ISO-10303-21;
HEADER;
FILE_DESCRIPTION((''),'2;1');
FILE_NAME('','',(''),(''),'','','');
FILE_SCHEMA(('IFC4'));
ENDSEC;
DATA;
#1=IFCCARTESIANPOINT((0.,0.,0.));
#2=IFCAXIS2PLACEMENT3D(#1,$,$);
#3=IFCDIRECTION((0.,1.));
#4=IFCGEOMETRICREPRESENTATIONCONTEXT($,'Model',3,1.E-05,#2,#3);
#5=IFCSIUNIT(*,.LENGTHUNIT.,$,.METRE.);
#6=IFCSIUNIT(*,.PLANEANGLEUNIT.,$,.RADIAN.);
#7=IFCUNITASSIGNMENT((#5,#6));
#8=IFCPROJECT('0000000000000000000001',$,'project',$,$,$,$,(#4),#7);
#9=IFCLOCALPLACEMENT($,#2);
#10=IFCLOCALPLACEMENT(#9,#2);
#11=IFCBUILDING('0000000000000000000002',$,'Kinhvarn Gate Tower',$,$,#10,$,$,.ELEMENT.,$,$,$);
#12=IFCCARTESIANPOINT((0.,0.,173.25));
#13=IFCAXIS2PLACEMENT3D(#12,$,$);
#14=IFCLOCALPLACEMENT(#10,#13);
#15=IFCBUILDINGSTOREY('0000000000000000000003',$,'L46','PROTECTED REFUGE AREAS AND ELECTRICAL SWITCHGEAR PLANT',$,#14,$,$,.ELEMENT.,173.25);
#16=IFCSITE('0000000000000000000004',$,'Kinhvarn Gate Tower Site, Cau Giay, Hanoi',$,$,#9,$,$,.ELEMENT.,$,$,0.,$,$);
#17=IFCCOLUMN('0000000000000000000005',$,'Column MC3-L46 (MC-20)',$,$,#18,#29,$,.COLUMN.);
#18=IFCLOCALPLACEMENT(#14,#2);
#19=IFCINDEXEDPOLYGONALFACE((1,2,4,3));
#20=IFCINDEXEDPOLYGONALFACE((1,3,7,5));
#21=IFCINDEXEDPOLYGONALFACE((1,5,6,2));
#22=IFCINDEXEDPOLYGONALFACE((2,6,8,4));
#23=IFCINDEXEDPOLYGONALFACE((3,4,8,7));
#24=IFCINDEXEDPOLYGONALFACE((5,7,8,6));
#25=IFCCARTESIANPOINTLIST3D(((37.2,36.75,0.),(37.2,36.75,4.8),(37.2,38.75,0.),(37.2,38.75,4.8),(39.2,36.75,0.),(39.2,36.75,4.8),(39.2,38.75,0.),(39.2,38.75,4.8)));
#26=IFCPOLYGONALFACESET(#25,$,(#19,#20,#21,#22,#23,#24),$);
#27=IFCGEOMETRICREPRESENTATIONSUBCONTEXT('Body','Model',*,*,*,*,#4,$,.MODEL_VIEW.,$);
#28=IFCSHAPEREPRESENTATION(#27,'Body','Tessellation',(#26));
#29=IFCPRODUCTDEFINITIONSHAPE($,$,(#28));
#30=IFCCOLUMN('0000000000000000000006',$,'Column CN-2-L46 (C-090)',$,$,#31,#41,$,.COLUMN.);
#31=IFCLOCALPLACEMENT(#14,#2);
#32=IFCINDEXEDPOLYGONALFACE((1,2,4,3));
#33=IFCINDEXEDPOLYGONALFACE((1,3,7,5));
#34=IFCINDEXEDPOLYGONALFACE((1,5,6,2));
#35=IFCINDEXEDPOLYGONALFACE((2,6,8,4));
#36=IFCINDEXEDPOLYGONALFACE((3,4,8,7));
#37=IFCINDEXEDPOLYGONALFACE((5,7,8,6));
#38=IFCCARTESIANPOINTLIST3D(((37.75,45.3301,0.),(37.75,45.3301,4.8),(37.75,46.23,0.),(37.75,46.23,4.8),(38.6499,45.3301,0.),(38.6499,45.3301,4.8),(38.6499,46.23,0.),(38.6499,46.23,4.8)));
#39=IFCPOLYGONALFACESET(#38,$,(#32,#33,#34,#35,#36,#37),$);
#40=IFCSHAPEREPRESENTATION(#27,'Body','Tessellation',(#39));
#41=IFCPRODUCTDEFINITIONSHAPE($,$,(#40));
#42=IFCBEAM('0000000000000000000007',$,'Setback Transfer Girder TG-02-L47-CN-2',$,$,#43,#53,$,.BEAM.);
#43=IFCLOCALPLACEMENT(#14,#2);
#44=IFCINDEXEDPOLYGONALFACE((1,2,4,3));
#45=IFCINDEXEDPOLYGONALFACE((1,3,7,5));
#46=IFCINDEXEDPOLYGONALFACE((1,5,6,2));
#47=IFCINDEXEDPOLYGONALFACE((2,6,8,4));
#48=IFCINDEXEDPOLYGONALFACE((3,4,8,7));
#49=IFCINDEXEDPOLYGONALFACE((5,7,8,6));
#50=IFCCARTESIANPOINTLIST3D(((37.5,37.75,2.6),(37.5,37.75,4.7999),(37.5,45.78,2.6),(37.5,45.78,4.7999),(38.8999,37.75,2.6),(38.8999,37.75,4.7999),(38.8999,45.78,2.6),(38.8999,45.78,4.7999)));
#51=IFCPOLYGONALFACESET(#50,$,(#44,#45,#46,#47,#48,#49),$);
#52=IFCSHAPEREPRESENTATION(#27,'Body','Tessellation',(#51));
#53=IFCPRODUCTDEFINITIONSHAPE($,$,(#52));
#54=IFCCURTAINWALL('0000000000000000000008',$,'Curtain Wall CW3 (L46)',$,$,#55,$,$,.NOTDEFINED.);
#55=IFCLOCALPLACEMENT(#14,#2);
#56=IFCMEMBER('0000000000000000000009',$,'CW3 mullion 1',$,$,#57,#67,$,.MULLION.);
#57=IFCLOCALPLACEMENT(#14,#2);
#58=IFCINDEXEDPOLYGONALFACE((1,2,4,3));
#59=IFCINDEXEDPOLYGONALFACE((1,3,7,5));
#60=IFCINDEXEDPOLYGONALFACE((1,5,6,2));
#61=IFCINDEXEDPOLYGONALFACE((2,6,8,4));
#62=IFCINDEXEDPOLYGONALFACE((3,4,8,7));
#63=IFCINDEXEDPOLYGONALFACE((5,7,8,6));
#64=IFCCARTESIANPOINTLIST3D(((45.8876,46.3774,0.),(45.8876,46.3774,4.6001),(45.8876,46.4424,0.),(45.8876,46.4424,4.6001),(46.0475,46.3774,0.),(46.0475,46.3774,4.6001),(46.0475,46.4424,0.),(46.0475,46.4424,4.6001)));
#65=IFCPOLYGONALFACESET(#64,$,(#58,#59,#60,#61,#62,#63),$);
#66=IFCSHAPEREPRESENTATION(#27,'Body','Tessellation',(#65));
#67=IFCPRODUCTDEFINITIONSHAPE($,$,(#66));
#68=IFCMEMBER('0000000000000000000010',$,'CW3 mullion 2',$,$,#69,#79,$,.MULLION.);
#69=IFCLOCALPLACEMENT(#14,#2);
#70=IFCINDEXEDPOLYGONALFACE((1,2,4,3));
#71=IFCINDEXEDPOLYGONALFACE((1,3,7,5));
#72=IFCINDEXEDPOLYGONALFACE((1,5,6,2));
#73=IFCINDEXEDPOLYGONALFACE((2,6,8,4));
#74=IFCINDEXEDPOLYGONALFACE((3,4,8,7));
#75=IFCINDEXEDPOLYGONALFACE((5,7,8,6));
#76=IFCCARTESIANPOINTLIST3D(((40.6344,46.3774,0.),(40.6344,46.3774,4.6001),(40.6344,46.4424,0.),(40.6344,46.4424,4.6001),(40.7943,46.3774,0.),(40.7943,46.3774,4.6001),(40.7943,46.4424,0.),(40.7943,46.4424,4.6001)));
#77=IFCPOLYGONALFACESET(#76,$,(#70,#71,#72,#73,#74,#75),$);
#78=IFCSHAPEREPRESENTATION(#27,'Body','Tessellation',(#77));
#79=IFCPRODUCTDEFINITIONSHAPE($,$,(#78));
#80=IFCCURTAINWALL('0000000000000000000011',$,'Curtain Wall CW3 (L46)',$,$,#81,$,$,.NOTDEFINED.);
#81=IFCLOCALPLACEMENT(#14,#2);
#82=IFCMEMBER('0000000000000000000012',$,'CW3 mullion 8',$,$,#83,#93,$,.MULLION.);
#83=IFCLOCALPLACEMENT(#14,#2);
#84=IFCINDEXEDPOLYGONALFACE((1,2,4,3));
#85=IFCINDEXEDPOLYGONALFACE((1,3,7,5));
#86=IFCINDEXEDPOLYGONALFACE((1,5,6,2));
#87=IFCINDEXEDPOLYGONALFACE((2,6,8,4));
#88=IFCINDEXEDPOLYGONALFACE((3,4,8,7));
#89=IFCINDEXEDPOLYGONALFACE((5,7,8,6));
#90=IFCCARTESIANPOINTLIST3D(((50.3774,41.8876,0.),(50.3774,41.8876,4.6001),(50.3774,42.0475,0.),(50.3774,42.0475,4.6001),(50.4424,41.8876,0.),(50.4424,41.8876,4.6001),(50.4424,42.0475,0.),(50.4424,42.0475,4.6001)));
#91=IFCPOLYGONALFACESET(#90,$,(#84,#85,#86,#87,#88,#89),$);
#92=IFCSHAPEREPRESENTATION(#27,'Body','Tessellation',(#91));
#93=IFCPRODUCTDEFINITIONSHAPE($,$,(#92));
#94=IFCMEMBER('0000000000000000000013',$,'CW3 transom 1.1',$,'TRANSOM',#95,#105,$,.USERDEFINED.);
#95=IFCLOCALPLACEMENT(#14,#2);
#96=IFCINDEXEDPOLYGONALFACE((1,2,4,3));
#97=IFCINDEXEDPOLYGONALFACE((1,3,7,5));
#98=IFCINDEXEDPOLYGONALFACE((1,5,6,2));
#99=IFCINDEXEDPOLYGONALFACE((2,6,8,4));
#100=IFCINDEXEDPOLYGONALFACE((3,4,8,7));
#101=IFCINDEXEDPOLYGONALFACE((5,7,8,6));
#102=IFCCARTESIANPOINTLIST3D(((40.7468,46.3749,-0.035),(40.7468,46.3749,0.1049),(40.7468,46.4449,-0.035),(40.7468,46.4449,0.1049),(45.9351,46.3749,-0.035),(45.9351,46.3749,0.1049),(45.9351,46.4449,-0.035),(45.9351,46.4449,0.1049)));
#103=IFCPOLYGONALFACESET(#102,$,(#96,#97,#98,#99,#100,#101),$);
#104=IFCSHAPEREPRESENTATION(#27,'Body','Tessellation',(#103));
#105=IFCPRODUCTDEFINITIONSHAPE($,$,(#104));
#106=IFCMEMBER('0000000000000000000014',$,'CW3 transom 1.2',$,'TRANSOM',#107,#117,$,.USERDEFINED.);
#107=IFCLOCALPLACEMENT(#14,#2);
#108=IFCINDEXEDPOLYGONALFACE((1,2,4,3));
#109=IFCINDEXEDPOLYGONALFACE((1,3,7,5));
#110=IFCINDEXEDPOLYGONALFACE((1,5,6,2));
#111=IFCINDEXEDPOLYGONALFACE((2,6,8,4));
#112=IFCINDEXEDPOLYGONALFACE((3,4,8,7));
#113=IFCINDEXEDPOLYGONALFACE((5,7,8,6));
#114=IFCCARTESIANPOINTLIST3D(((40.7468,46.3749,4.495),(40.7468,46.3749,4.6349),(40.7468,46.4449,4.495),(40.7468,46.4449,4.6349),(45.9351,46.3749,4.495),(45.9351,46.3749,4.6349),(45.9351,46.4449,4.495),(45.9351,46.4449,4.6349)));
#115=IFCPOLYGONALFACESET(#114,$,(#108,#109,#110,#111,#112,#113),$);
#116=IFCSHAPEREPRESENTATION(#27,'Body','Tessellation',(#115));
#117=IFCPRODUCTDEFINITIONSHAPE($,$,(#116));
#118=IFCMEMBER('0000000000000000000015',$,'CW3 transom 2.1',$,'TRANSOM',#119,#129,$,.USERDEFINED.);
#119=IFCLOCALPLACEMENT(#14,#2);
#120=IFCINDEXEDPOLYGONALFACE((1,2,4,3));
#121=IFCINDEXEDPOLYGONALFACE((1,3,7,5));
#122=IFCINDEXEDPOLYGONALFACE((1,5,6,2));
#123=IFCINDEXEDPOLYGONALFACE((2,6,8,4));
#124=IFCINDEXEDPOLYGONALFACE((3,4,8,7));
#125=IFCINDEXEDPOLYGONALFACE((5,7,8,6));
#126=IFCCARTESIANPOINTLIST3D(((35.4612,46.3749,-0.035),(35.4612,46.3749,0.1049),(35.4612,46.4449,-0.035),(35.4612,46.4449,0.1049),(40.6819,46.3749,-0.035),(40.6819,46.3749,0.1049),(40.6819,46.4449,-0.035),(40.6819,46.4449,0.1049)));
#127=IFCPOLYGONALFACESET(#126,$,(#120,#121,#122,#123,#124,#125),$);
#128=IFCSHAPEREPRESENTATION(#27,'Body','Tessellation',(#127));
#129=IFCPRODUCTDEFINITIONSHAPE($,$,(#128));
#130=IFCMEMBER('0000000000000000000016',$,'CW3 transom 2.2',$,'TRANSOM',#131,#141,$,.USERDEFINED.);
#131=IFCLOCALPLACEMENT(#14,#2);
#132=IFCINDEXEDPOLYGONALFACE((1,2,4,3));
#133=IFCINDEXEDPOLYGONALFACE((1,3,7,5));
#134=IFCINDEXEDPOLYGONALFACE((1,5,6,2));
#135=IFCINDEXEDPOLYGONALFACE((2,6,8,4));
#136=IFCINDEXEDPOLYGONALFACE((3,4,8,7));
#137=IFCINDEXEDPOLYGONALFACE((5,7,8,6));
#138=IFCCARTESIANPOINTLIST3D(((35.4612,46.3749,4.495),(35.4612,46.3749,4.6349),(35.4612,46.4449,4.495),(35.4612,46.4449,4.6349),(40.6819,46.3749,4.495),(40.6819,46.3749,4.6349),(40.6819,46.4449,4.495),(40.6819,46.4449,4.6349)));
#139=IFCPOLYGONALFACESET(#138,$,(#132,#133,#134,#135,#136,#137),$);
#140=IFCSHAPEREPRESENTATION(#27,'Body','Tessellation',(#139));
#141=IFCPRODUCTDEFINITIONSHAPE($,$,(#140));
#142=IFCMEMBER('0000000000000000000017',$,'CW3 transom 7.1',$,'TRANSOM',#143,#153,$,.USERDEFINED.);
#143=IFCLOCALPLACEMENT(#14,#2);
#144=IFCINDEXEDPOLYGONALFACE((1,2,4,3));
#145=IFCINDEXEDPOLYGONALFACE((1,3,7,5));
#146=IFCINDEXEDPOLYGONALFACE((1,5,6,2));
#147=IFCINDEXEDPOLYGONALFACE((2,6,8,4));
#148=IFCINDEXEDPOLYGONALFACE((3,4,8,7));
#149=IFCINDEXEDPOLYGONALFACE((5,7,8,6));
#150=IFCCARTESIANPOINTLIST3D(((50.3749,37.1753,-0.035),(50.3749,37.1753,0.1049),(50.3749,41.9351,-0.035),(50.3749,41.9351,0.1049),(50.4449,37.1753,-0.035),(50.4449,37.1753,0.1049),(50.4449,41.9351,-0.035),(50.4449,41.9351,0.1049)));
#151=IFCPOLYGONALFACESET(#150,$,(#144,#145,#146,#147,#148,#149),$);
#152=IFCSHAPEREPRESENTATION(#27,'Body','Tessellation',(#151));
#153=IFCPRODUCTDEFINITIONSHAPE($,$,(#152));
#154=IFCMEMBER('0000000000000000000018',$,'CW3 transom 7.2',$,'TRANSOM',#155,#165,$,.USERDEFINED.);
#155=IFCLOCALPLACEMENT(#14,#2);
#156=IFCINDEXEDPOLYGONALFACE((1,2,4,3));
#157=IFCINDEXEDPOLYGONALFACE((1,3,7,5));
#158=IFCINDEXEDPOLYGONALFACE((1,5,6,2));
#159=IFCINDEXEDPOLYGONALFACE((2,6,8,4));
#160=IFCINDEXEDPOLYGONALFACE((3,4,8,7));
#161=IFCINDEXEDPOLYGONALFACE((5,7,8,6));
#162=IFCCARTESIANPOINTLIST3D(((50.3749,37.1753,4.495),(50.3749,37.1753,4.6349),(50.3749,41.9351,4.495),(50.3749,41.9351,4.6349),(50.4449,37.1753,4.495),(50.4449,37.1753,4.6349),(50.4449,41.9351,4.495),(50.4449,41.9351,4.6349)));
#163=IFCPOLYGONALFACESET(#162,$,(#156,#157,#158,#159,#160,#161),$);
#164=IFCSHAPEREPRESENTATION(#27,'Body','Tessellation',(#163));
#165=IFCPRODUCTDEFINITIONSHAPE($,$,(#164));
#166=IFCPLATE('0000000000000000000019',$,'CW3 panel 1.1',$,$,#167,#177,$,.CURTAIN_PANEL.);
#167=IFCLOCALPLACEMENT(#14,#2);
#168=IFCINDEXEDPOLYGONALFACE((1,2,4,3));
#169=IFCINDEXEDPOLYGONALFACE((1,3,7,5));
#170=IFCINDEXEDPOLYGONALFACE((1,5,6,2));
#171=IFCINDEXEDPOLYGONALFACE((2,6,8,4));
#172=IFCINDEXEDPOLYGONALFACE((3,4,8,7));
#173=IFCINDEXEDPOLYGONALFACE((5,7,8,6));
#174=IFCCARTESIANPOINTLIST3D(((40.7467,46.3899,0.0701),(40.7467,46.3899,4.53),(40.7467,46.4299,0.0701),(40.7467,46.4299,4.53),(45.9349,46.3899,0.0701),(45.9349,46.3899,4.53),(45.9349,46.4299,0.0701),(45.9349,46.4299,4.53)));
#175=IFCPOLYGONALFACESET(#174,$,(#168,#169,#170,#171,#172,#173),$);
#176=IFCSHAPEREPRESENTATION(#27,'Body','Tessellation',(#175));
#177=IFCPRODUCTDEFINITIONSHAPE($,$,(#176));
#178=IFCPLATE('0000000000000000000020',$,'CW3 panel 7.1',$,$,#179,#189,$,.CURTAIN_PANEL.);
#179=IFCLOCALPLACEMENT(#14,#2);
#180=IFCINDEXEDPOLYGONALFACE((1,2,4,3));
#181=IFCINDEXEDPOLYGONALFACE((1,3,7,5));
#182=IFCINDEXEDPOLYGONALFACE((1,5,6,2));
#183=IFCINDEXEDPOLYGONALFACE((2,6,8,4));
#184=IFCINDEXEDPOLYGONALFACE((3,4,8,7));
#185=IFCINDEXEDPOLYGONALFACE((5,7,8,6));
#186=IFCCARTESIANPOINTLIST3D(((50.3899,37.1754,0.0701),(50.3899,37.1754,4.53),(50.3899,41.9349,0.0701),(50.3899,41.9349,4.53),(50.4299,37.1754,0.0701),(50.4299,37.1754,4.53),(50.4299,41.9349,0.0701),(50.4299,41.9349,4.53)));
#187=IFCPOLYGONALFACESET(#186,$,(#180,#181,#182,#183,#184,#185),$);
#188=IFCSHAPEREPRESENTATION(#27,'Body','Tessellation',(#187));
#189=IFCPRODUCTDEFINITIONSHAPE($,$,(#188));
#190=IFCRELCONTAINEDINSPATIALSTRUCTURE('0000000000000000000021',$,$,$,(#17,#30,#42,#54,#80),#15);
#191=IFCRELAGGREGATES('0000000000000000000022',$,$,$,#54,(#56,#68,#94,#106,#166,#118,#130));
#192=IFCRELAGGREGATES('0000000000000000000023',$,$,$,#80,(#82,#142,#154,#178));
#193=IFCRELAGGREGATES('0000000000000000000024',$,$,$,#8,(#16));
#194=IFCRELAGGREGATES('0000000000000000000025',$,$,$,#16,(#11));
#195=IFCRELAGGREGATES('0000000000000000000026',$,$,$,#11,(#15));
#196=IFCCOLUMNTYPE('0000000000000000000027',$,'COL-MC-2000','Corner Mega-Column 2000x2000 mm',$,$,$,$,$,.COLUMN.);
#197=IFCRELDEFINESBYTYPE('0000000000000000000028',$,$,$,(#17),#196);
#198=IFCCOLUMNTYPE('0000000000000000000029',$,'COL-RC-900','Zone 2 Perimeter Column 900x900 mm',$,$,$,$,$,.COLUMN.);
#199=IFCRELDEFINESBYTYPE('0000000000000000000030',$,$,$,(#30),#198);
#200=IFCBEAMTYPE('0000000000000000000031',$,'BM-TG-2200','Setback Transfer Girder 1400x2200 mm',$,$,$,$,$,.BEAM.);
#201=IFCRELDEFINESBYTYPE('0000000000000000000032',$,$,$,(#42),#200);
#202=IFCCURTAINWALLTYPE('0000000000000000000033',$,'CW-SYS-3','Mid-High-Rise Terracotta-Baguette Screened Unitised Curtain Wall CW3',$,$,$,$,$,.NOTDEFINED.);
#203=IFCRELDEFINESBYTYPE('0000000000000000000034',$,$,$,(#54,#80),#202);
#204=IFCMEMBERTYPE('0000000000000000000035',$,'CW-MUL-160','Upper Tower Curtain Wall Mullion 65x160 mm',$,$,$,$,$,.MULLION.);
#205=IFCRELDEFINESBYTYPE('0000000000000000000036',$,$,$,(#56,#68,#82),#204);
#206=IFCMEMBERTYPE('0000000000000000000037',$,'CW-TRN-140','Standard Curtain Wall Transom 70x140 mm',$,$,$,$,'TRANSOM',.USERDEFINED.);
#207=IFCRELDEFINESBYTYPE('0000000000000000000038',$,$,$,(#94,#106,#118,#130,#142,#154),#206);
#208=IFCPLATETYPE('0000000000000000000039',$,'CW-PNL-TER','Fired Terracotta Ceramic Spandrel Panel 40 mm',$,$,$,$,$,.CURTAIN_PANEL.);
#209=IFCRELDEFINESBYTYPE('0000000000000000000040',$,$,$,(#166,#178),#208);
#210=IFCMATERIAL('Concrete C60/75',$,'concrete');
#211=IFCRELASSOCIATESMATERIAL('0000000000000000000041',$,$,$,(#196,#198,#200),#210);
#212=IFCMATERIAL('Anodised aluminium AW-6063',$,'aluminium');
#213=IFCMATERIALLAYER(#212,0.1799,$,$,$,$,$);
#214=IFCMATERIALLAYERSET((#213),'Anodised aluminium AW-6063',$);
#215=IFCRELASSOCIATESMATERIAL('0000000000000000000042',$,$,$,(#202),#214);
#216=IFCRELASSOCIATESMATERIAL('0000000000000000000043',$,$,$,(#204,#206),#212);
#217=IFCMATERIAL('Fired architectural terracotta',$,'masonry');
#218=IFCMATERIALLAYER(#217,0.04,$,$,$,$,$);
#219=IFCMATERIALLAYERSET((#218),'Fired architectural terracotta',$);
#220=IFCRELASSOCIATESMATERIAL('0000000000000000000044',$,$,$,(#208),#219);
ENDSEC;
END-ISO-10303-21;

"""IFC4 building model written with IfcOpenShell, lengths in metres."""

from ifc_helpers import new_model, si_unit, direction, frame, origin, origin_2d, place, context, subcontext, project, spatial, rectangle, extrude, material, layer, layer_set, material_profile, profile_set, type_object, element, aggregate, save


model = new_model("IFC4")

# Units and contexts
model_context = context("Model", 3, precision=1e-05, world=origin(), true_north=direction((0.0, 1.0)))
body_context = subcontext(model_context, "Body", "Model", "MODEL_VIEW")
ifc_project = project(units=[si_unit("LENGTHUNIT", "METRE"), si_unit("PLANEANGLEUNIT", "RADIAN")], contexts=[model_context])

# Site, building, storey
site_placement = place(None, origin())
site = spatial("IfcSite", under=ifc_project, at=site_placement, Name="Kinhvarn Gate Tower Site, Cau Giay, Hanoi", CompositionType="ELEMENT", RefElevation=0.0)
building_placement = place(site_placement, origin())
building = spatial("IfcBuilding", under=site, at=building_placement, Name="Kinhvarn Gate Tower", CompositionType="ELEMENT")
storey_placement = place(building_placement, frame((0.0, 0.0, 173.25)))
storey = spatial("IfcBuildingStorey", under=building, at=storey_placement, Name="L46", Description="PROTECTED REFUGE AREAS AND ELECTRICAL SWITCHGEAR PLANT", CompositionType="ELEMENT", Elevation=173.25)

# Columns
ifc_material_1 = material(Name="Concrete C60/75", Category="concrete")
ifc_material_profile_1 = material_profile(ifc_material_1, rectangle(XDim=2.0, YDim=2.0, at=origin_2d()), Name="RC 2000x2000")
ifc_profile_set_1 = profile_set([ifc_material_profile_1], Name="Concrete C60/75")
column_type_1 = type_object("IfcColumnType", Name="COL-MC-2000", Description="Corner Mega-Column 2000x2000 mm", PredefinedType="COLUMN", material=ifc_profile_set_1)
column_1_placement = place(storey_placement, frame((38.2, 37.75, 0.0), z_axis=(0.0, 0.0, 1.0), x_axis=(1.0, 0.0, 0.0)))
element("IfcColumn", 1, at=column_1_placement, inside=storey, type_object=column_type_1, Name="Column MC3-L46 (MC-20)", PredefinedType="COLUMN", context=body_context, shape_type="SweptSolid", body=[
    extrude(rectangle(XDim=2.0, YDim=2.0, at=origin_2d()), origin(), (0.0, 0.0, 1.0), 4.8),
])
ifc_material_profile_2 = material_profile(ifc_material_1, rectangle(XDim=0.8999, YDim=0.8999, at=origin_2d()), Name="RC 900x900")
ifc_profile_set_2 = profile_set([ifc_material_profile_2], Name="Concrete C60/75")
column_type_2 = type_object("IfcColumnType", Name="COL-RC-900", Description="Zone 2 Perimeter Column 900x900 mm", PredefinedType="COLUMN", material=ifc_profile_set_2)
column_2_placement = place(storey_placement, frame((38.2, 45.78, 0.0), z_axis=(0.0, 0.0, 1.0), x_axis=(1.0, 0.0, 0.0)))
element("IfcColumn", 2, at=column_2_placement, inside=storey, type_object=column_type_2, Name="Column CN-2-L46 (C-090)", PredefinedType="COLUMN", context=body_context, shape_type="SweptSolid", body=[
    extrude(rectangle(XDim=0.8999, YDim=0.8999, at=origin_2d()), origin(), (0.0, 0.0, 1.0), 4.8),
])

# Beam
ifc_material_profile_3 = material_profile(ifc_material_1, rectangle(XDim=1.3999, YDim=2.2, at=origin_2d()), Name="RC 1400x2200")
ifc_profile_set_3 = profile_set([ifc_material_profile_3], Name="Concrete C60/75")
beam_type = type_object("IfcBeamType", Name="BM-TG-2200", Description="Setback Transfer Girder 1400x2200 mm", PredefinedType="BEAM", material=ifc_profile_set_3)
beam_placement = place(storey_placement, frame((38.2, 37.75, 3.7), z_axis=(0.0, 1.0, 0.0), x_axis=(-1.0, 0.0, 0.0)))
element("IfcBeam", 3, at=beam_placement, inside=storey, type_object=beam_type, Name="Setback Transfer Girder TG-02-L47-CN-2", PredefinedType="BEAM", context=body_context, shape_type="SweptSolid", body=[
    extrude(rectangle(XDim=1.3999, YDim=2.2, at=origin_2d()), origin(), (0.0, 0.0, 1.0), 8.03),
])

# Curtain wall, members
ifc_material_2 = material(Name="Anodised aluminium AW-6063", Category="aluminium")
ifc_layer_1 = layer(ifc_material_2, 0.1799)
ifc_layer_set_1 = layer_set([ifc_layer_1], Name="Anodised aluminium AW-6063")
curtain_wall_type = type_object("IfcCurtainWallType", Name="CW-SYS-3", Description="Mid-High-Rise Terracotta-Baguette Screened Unitised Curtain Wall CW3", PredefinedType="NOTDEFINED", material=ifc_layer_set_1)
curtain_wall_1_placement = place(storey_placement, origin())
curtain_wall_1 = element("IfcCurtainWall", 4, at=curtain_wall_1_placement, inside=storey, type_object=curtain_wall_type, Name="Curtain Wall CW3 (L46)", PredefinedType="NOTDEFINED")
ifc_material_profile_4 = material_profile(ifc_material_2, rectangle(XDim=0.0649, YDim=0.1599, at=origin_2d()), Name="ALU 65x160")
ifc_profile_set_4 = profile_set([ifc_material_profile_4], Name="Anodised aluminium AW-6063")
member_type_1 = type_object("IfcMemberType", Name="CW-MUL-160", Description="Upper Tower Curtain Wall Mullion 65x160 mm", PredefinedType="MULLION", material=ifc_profile_set_4)
member_1_placement = place(storey_placement, frame((45.9675, 46.4099, 0.0), z_axis=(0.0, 0.0, 1.0), x_axis=(0.0, -1.0, 0.0)))
member_1 = element("IfcMember", 5, at=member_1_placement, type_object=member_type_1, Name="CW3 mullion 1", PredefinedType="MULLION", context=body_context, shape_type="SweptSolid", body=[
    extrude(rectangle(XDim=0.0649, YDim=0.1599, at=origin_2d()), origin(), (0.0, 0.0, 1.0), 4.6001),
])
member_2_placement = place(storey_placement, frame((40.7144, 46.4099, 0.0), z_axis=(0.0, 0.0, 1.0), x_axis=(0.0, -1.0, 0.0)))
member_2 = element("IfcMember", 6, at=member_2_placement, type_object=member_type_1, Name="CW3 mullion 2", PredefinedType="MULLION", context=body_context, shape_type="SweptSolid", body=[
    extrude(rectangle(XDim=0.0649, YDim=0.1599, at=origin_2d()), origin(), (0.0, 0.0, 1.0), 4.6001),
])

# Curtain wall, member
curtain_wall_2_placement = place(storey_placement, origin())
curtain_wall_2 = element("IfcCurtainWall", 7, at=curtain_wall_2_placement, inside=storey, type_object=curtain_wall_type, Name="Curtain Wall CW3 (L46)", PredefinedType="NOTDEFINED")
member_3_placement = place(storey_placement, frame((50.4099, 41.9675, 0.0), z_axis=(0.0, 0.0, 1.0), x_axis=(-1.0, 0.0, 0.0)))
member_3 = element("IfcMember", 8, at=member_3_placement, type_object=member_type_1, Name="CW3 mullion 8", PredefinedType="MULLION", context=body_context, shape_type="SweptSolid", body=[
    extrude(rectangle(XDim=0.0649, YDim=0.1599, at=origin_2d()), origin(), (0.0, 0.0, 1.0), 4.6001),
])

# Members
ifc_material_profile_5 = material_profile(ifc_material_2, rectangle(XDim=0.0701, YDim=0.1399, at=origin_2d()), Name="ALU 70x140")
ifc_profile_set_5 = profile_set([ifc_material_profile_5], Name="Anodised aluminium AW-6063")
member_type_2 = type_object("IfcMemberType", Name="CW-TRN-140", Description="Standard Curtain Wall Transom 70x140 mm", ElementType="TRANSOM", PredefinedType="USERDEFINED", material=ifc_profile_set_5)
member_4_placement = place(storey_placement, frame((45.9351, 46.4099, 0.0349), z_axis=(-1.0, 0.0, 0.0), x_axis=(0.0, -1.0, 0.0)))
member_4 = element("IfcMember", 9, at=member_4_placement, type_object=member_type_2, Name="CW3 transom 1.1", ObjectType="TRANSOM", PredefinedType="USERDEFINED", context=body_context, shape_type="SweptSolid", body=[
    extrude(rectangle(XDim=0.0701, YDim=0.1399, at=origin_2d()), origin(), (0.0, 0.0, 1.0), 5.1882),
])
member_5_placement = place(storey_placement, frame((45.9351, 46.4099, 4.5649), z_axis=(-1.0, 0.0, 0.0), x_axis=(0.0, -1.0, 0.0)))
member_5 = element("IfcMember", 10, at=member_5_placement, type_object=member_type_2, Name="CW3 transom 1.2", ObjectType="TRANSOM", PredefinedType="USERDEFINED", context=body_context, shape_type="SweptSolid", body=[
    extrude(rectangle(XDim=0.0701, YDim=0.1399, at=origin_2d()), origin(), (0.0, 0.0, 1.0), 5.1882),
])
member_6_placement = place(storey_placement, frame((40.6819, 46.4099, 0.0349), z_axis=(-1.0, 0.0, 0.0), x_axis=(0.0, -1.0, 0.0)))
member_6 = element("IfcMember", 11, at=member_6_placement, type_object=member_type_2, Name="CW3 transom 2.1", ObjectType="TRANSOM", PredefinedType="USERDEFINED", context=body_context, shape_type="SweptSolid", body=[
    extrude(rectangle(XDim=0.0701, YDim=0.1399, at=origin_2d()), origin(), (0.0, 0.0, 1.0), 5.2207),
])
member_7_placement = place(storey_placement, frame((40.6819, 46.4099, 4.5649), z_axis=(-1.0, 0.0, 0.0), x_axis=(0.0, -1.0, 0.0)))
member_7 = element("IfcMember", 12, at=member_7_placement, type_object=member_type_2, Name="CW3 transom 2.2", ObjectType="TRANSOM", PredefinedType="USERDEFINED", context=body_context, shape_type="SweptSolid", body=[
    extrude(rectangle(XDim=0.0701, YDim=0.1399, at=origin_2d()), origin(), (0.0, 0.0, 1.0), 5.2207),
])
member_8_placement = place(storey_placement, frame((50.4099, 37.1753, 0.0349), z_axis=(0.0, 1.0, 0.0), x_axis=(-1.0, 0.0, 0.0)))
member_8 = element("IfcMember", 13, at=member_8_placement, type_object=member_type_2, Name="CW3 transom 7.1", ObjectType="TRANSOM", PredefinedType="USERDEFINED", context=body_context, shape_type="SweptSolid", body=[
    extrude(rectangle(XDim=0.0701, YDim=0.1399, at=origin_2d()), origin(), (0.0, 0.0, 1.0), 4.7598),
])
member_9_placement = place(storey_placement, frame((50.4099, 37.1753, 4.5649), z_axis=(0.0, 1.0, 0.0), x_axis=(-1.0, 0.0, 0.0)))
member_9 = element("IfcMember", 14, at=member_9_placement, type_object=member_type_2, Name="CW3 transom 7.2", ObjectType="TRANSOM", PredefinedType="USERDEFINED", context=body_context, shape_type="SweptSolid", body=[
    extrude(rectangle(XDim=0.0701, YDim=0.1399, at=origin_2d()), origin(), (0.0, 0.0, 1.0), 4.7598),
])

# Plates
ifc_material_3 = material(Name="Fired architectural terracotta", Category="masonry")
ifc_layer_2 = layer(ifc_material_3, 0.04)
ifc_layer_set_2 = layer_set([ifc_layer_2], Name="Fired architectural terracotta")
plate_type = type_object("IfcPlateType", Name="CW-PNL-TER", Description="Fired Terracotta Ceramic Spandrel Panel 40 mm", PredefinedType="CURTAIN_PANEL", material=ifc_layer_set_2)
plate_1_placement = place(storey_placement, frame((43.3408, 46.4099, 0.0701), z_axis=(0.0, 0.0, 1.0), x_axis=(-1.0, 0.0, 0.0)))
plate_1 = element("IfcPlate", 15, at=plate_1_placement, type_object=plate_type, Name="CW3 panel 1.1", PredefinedType="CURTAIN_PANEL", context=body_context, shape_type="SweptSolid", body=[
    extrude(rectangle(XDim=5.1882, YDim=0.04, at=origin_2d()), origin(), (0.0, 0.0, 1.0), 4.46),
])
aggregate(curtain_wall_1, [member_1, member_2, member_4, member_5, plate_1, member_6, member_7])
plate_2_placement = place(storey_placement, frame((50.4099, 39.5552, 0.0701), z_axis=(0.0, 0.0, 1.0), x_axis=(0.0, 1.0, 0.0)))
plate_2 = element("IfcPlate", 16, at=plate_2_placement, type_object=plate_type, Name="CW3 panel 7.1", PredefinedType="CURTAIN_PANEL", context=body_context, shape_type="SweptSolid", body=[
    extrude(rectangle(XDim=4.7595, YDim=0.04, at=origin_2d()), origin(), (0.0, 0.0, 1.0), 4.46),
])
aggregate(curtain_wall_2, [member_3, member_8, member_9, plate_2])

save(model, "model.ifc")
